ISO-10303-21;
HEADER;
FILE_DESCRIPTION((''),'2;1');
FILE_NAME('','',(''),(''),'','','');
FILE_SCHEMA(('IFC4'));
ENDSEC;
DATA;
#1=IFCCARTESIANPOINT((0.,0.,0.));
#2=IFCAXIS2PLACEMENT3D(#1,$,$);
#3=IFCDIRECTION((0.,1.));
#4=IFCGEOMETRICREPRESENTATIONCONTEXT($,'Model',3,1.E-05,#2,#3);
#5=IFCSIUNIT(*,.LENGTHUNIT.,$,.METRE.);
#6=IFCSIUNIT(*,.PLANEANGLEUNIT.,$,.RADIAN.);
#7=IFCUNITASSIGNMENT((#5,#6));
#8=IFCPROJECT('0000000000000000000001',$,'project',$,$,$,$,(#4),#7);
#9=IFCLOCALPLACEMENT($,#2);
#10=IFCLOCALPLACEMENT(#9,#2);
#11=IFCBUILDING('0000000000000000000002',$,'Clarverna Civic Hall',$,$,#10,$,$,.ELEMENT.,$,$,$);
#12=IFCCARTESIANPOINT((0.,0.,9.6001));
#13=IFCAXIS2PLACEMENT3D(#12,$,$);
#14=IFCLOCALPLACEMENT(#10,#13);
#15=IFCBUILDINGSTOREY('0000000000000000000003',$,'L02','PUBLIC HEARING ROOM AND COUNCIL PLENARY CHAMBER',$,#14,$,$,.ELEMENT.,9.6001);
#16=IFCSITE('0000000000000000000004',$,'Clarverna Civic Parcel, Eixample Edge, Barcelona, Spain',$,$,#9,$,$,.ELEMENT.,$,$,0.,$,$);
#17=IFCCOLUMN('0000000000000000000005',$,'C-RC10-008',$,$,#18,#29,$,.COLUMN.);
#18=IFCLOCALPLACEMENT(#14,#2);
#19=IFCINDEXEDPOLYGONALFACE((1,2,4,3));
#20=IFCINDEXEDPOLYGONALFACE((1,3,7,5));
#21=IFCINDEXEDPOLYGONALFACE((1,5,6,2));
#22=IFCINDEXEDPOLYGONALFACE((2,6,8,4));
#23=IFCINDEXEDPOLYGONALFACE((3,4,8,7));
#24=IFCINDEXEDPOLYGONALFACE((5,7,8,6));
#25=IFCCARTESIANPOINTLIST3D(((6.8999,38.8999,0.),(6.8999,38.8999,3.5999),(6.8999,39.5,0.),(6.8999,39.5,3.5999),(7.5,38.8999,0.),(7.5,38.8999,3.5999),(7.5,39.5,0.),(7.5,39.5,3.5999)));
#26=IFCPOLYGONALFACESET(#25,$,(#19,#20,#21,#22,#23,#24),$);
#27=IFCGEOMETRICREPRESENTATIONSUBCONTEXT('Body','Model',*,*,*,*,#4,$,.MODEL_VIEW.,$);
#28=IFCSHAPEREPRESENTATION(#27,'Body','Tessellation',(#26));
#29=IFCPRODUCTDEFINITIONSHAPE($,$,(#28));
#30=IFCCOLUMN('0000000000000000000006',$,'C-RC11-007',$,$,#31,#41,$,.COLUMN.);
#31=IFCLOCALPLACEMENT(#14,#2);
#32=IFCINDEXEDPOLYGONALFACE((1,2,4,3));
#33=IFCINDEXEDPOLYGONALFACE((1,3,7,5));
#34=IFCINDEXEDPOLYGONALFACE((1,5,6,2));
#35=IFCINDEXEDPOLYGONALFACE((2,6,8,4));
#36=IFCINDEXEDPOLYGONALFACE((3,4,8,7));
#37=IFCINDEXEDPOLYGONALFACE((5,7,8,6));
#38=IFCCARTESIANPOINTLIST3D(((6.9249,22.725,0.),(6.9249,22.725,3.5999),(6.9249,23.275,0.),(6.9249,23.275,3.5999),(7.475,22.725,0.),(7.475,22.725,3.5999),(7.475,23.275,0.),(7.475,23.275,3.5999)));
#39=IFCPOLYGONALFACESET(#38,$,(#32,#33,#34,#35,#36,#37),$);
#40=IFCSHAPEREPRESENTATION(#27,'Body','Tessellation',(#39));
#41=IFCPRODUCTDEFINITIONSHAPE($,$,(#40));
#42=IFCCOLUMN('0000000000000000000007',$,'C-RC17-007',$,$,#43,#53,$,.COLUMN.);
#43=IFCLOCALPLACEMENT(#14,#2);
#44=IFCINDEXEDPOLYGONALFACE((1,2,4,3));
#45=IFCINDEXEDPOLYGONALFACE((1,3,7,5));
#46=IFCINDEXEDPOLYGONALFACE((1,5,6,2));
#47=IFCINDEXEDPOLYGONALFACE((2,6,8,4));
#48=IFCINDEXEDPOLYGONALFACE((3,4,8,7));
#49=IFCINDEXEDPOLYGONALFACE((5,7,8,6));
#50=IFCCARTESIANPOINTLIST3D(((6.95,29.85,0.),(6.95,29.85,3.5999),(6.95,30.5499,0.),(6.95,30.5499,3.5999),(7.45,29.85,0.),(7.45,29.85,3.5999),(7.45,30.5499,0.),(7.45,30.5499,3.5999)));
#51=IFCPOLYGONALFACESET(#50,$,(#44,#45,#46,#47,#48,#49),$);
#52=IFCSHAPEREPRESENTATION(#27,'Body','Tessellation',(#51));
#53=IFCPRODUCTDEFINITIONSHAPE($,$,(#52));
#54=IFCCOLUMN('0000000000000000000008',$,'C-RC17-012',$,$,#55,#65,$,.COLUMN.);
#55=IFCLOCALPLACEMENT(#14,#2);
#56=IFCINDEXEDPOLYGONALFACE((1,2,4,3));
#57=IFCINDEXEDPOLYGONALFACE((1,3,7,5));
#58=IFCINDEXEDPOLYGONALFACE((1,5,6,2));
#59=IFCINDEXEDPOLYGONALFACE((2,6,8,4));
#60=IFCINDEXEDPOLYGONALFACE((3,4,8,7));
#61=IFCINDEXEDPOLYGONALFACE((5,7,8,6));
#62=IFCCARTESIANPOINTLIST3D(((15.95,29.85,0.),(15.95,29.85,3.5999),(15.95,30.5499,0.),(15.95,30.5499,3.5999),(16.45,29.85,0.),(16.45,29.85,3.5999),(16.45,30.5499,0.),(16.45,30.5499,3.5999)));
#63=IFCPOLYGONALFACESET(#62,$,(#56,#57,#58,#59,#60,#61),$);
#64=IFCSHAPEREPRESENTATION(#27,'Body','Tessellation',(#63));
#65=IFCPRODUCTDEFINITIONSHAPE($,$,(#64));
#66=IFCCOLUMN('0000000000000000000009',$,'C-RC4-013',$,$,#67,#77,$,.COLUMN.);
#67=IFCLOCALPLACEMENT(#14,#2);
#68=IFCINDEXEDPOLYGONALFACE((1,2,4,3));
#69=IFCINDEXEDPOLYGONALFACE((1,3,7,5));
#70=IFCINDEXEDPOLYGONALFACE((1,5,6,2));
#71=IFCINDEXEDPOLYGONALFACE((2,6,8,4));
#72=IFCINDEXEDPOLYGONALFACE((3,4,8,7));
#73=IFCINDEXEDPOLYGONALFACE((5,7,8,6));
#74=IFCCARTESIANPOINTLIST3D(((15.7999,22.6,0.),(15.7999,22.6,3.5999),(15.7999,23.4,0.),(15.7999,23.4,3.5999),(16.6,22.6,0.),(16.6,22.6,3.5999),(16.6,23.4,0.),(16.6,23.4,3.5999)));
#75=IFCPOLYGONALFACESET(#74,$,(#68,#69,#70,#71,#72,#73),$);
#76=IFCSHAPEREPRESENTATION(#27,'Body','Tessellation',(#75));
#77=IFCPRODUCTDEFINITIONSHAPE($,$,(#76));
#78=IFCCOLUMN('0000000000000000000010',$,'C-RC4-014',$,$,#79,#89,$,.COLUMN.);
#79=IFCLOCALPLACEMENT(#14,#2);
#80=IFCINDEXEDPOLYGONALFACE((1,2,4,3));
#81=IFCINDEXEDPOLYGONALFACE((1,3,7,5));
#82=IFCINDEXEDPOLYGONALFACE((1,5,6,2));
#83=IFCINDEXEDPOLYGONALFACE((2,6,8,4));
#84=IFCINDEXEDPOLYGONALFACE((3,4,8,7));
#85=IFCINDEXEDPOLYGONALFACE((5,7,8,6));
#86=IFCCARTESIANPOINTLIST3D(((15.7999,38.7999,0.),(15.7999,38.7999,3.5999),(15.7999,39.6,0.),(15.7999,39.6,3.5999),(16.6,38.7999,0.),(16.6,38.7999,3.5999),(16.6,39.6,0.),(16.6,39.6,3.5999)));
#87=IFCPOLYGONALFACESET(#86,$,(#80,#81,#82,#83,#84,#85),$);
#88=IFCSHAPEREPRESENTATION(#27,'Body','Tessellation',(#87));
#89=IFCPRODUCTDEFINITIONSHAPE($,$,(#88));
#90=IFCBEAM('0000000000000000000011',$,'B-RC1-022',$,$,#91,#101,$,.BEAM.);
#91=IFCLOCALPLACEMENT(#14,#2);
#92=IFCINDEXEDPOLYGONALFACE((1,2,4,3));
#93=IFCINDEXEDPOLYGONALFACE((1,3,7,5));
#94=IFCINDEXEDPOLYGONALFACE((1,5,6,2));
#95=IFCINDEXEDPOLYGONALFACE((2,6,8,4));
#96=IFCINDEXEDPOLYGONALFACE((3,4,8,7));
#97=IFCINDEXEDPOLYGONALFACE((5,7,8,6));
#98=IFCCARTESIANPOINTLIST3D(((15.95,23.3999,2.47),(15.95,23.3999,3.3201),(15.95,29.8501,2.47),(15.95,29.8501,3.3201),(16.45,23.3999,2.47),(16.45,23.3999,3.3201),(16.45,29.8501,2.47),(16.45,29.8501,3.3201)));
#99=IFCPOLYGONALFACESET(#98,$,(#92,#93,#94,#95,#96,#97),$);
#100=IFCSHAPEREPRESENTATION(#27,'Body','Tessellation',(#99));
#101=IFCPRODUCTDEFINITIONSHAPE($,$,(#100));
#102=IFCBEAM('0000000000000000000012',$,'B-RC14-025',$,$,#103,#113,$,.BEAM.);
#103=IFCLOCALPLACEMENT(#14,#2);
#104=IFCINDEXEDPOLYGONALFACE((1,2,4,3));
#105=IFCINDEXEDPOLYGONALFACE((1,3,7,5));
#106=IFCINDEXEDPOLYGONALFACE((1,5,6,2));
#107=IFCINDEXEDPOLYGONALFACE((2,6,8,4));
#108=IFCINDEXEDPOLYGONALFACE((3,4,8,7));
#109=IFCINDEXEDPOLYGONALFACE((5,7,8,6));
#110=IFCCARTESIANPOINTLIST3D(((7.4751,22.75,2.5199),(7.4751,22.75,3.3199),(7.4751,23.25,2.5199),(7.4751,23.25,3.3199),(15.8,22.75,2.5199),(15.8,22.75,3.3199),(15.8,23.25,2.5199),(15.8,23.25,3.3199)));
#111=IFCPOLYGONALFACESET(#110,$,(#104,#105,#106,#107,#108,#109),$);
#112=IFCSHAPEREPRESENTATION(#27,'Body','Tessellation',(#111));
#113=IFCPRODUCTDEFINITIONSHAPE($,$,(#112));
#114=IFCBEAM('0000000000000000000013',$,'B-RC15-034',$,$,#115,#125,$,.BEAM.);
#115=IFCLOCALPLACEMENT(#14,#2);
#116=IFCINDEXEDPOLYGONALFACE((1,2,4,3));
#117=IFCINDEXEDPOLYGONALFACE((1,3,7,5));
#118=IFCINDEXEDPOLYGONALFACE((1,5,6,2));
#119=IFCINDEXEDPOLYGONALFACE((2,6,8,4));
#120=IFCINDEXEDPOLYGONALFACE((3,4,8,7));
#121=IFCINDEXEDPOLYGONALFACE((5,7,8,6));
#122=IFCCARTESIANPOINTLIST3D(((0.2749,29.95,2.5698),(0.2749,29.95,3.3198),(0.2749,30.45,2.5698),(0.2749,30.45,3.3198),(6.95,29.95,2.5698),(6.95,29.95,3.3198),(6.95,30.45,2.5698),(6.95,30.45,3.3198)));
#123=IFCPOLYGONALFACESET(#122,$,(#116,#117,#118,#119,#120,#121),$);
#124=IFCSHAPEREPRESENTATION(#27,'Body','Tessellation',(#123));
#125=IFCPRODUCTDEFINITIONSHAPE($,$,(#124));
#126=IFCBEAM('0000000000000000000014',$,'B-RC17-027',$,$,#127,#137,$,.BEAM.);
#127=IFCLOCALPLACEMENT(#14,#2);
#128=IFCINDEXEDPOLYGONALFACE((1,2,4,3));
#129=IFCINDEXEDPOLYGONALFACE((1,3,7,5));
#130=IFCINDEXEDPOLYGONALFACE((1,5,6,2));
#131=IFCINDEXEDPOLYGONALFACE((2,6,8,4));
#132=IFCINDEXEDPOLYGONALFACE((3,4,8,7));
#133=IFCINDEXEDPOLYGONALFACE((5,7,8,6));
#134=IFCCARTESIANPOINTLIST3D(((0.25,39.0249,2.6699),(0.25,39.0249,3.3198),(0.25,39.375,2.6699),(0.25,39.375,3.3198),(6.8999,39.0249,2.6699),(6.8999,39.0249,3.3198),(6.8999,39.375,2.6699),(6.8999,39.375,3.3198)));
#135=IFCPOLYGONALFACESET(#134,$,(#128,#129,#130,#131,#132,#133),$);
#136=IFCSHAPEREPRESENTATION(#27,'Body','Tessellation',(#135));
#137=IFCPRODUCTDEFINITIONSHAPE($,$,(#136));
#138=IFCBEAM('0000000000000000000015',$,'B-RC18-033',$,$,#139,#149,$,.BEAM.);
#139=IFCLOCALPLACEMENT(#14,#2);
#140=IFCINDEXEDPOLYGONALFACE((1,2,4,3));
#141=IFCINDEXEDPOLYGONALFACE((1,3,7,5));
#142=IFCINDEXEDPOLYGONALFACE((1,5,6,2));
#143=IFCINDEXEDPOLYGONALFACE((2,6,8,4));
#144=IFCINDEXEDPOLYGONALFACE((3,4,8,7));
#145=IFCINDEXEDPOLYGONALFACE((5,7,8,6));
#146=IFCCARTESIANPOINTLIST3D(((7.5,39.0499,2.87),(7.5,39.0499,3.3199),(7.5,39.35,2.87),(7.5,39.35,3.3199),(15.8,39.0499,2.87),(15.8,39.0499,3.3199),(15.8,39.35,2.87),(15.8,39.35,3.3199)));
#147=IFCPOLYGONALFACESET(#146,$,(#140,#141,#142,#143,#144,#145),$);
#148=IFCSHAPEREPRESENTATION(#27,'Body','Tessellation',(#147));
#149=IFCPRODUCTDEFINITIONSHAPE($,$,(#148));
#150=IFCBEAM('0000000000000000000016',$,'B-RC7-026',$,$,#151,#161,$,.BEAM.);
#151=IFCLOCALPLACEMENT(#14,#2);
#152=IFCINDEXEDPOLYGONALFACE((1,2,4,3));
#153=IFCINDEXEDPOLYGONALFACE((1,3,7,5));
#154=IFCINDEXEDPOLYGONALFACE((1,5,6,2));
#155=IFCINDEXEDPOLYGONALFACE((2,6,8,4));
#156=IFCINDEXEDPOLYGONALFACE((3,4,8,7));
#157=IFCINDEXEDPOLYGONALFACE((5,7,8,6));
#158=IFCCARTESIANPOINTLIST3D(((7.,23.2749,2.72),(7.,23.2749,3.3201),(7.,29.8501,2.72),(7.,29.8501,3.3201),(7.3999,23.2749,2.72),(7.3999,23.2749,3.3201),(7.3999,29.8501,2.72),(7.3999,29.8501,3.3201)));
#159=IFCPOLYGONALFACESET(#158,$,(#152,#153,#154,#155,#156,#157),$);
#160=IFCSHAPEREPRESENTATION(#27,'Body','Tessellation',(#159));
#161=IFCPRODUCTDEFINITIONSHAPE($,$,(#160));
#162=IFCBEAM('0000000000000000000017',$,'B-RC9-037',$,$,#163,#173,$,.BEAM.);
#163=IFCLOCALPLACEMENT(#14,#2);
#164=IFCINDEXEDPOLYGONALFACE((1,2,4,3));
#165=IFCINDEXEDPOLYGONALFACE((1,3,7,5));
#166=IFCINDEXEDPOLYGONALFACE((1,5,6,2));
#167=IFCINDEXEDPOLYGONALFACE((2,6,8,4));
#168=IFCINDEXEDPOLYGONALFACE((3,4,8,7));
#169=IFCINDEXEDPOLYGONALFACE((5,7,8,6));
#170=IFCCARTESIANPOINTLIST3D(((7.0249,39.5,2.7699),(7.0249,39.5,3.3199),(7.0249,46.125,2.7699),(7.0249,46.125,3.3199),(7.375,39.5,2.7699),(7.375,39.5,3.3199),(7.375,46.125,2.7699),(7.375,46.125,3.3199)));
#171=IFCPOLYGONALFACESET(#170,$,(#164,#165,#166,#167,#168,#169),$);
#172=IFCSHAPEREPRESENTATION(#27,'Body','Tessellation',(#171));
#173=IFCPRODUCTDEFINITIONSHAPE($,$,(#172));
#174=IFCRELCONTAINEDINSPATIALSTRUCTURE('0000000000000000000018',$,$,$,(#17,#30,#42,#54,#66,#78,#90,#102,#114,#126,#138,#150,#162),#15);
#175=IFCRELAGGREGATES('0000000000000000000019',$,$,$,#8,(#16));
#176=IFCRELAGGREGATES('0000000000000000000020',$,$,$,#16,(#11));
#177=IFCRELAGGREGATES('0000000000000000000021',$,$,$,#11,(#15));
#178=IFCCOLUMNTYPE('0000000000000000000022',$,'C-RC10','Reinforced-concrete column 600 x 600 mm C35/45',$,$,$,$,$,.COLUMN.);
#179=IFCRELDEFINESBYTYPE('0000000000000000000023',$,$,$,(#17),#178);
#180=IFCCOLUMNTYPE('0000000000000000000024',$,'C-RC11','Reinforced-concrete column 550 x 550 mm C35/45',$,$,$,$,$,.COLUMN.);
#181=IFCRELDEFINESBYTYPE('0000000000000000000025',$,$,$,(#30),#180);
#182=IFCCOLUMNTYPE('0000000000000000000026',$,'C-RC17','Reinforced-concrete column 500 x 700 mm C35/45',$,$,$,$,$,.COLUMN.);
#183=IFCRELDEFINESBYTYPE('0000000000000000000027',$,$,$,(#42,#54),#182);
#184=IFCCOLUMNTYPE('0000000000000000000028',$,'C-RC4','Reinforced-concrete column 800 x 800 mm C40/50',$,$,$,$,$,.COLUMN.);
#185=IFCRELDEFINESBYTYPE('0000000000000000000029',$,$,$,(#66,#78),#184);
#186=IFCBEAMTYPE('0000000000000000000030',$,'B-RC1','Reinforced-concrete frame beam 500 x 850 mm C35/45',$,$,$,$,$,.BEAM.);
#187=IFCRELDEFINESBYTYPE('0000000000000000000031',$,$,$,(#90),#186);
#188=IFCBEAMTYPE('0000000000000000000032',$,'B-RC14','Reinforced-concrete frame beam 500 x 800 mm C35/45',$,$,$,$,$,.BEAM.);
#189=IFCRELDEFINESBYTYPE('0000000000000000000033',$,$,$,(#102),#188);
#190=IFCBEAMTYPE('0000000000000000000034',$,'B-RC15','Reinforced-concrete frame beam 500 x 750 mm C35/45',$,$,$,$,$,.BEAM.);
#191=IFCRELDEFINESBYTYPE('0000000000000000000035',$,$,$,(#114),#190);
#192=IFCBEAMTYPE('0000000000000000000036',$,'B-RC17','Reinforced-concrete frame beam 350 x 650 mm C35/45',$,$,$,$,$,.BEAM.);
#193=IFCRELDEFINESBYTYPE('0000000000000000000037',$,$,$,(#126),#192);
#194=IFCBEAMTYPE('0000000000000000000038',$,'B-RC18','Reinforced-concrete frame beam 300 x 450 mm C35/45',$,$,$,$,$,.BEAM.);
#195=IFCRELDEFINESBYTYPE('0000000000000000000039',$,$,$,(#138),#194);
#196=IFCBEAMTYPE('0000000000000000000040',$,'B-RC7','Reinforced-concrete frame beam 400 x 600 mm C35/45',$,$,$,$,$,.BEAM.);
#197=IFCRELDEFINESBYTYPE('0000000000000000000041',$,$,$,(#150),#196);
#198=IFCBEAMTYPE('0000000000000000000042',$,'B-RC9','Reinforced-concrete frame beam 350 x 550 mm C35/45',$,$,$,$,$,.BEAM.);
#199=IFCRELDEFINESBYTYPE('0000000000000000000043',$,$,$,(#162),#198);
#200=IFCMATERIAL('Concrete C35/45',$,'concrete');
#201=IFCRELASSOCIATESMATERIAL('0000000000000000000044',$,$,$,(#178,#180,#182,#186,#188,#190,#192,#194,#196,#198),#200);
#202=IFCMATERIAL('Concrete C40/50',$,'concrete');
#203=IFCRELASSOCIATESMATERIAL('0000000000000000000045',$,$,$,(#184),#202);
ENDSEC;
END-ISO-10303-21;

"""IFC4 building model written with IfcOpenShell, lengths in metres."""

from ifc_helpers import new_model, si_unit, direction, frame, origin, origin_2d, place, context, subcontext, project, spatial, rectangle, extrude, material, material_profile, profile_set, type_object, element, save


model = new_model("IFC4")

# Units and contexts
model_context = context("Model", 3, precision=1e-05, world=origin(), true_north=direction((0.0, 1.0)))
body_context = subcontext(model_context, "Body", "Model", "MODEL_VIEW")
ifc_project = project(units=[si_unit("LENGTHUNIT", "METRE"), si_unit("PLANEANGLEUNIT", "RADIAN")], contexts=[model_context])

# Site, building, storey
site_placement = place(None, origin())
site = spatial("IfcSite", under=ifc_project, at=site_placement, Name="Clarverna Civic Parcel, Eixample Edge, Barcelona, Spain", CompositionType="ELEMENT", RefElevation=0.0)
building_placement = place(site_placement, origin())
building = spatial("IfcBuilding", under=site, at=building_placement, Name="Clarverna Civic Hall", CompositionType="ELEMENT")
storey_placement = place(building_placement, frame((0.0, 0.0, 9.6001)))
storey = spatial("IfcBuildingStorey", under=building, at=storey_placement, Name="L02", Description="PUBLIC HEARING ROOM AND COUNCIL PLENARY CHAMBER", CompositionType="ELEMENT", Elevation=9.6001)

# Columns
ifc_material_1 = material(Name="Concrete C35/45", Category="concrete")
ifc_material_profile_1 = material_profile(ifc_material_1, rectangle(XDim=0.6001, YDim=0.6001, at=origin_2d()), Name="RC 600x600")
ifc_profile_set_1 = profile_set([ifc_material_profile_1], Name="Concrete C35/45")
column_type_1 = type_object("IfcColumnType", Name="C-RC10", Description="Reinforced-concrete column 600 x 600 mm C35/45", PredefinedType="COLUMN", material=ifc_profile_set_1)
column_1_placement = place(storey_placement, frame((7.2, 39.2, 0.0), z_axis=(0.0, 0.0, 1.0), x_axis=(1.0, 0.0, 0.0)))
element("IfcColumn", 1, at=column_1_placement, inside=storey, type_object=column_type_1, Name="C-RC10-008", PredefinedType="COLUMN", context=body_context, shape_type="SweptSolid", body=[
    extrude(rectangle(XDim=0.6001, YDim=0.6001, at=origin_2d()), origin(), (0.0, 0.0, 1.0), 3.5999),
])
ifc_material_profile_2 = material_profile(ifc_material_1, rectangle(XDim=0.55, YDim=0.55, at=origin_2d()), Name="RC 550x550")
ifc_profile_set_2 = profile_set([ifc_material_profile_2], Name="Concrete C35/45")
column_type_2 = type_object("IfcColumnType", Name="C-RC11", Description="Reinforced-concrete column 550 x 550 mm C35/45", PredefinedType="COLUMN", material=ifc_profile_set_2)
column_2_placement = place(storey_placement, frame((7.2, 23.0, 0.0), z_axis=(0.0, 0.0, 1.0), x_axis=(1.0, 0.0, 0.0)))
element("IfcColumn", 2, at=column_2_placement, inside=storey, type_object=column_type_2, Name="C-RC11-007", PredefinedType="COLUMN", context=body_context, shape_type="SweptSolid", body=[
    extrude(rectangle(XDim=0.55, YDim=0.55, at=origin_2d()), origin(), (0.0, 0.0, 1.0), 3.5999),
])
ifc_material_profile_3 = material_profile(ifc_material_1, rectangle(XDim=0.5, YDim=0.7, at=origin_2d()), Name="RC 500x700")
ifc_profile_set_3 = profile_set([ifc_material_profile_3], Name="Concrete C35/45")
column_type_3 = type_object("IfcColumnType", Name="C-RC17", Description="Reinforced-concrete column 500 x 700 mm C35/45", PredefinedType="COLUMN", material=ifc_profile_set_3)
for number, where, z_axis, x_axis, name in (
    (3, (7.2, 30.2, 0.0), (0.0, 0.0, 1.0), (1.0, 0.0, 0.0), "C-RC17-007"),
    (4, (16.2, 30.2, 0.0), (0.0, 0.0, 1.0), (1.0, 0.0, 0.0), "C-RC17-012"),
):
    element("IfcColumn", number, at=place(storey_placement, frame(where, z_axis=z_axis, x_axis=x_axis)), inside=storey, type_object=column_type_3, Name=name, PredefinedType="COLUMN", context=body_context, shape_type="SweptSolid", body=[
        extrude(rectangle(XDim=0.5, YDim=0.7, at=origin_2d()), origin(), (0.0, 0.0, 1.0), 3.5999),
    ])
ifc_material_2 = material(Name="Concrete C40/50", Category="concrete")
ifc_material_profile_4 = material_profile(ifc_material_2, rectangle(XDim=0.8, YDim=0.8, at=origin_2d()), Name="RC 800x800")
ifc_profile_set_4 = profile_set([ifc_material_profile_4], Name="Concrete C40/50")
column_type_4 = type_object("IfcColumnType", Name="C-RC4", Description="Reinforced-concrete column 800 x 800 mm C40/50", PredefinedType="COLUMN", material=ifc_profile_set_4)
for number, where, z_axis, x_axis, name in (
    (5, (16.2, 23.0, 0.0), (0.0, 0.0, 1.0), (1.0, 0.0, 0.0), "C-RC4-013"),
    (6, (16.2, 39.2, 0.0), (0.0, 0.0, 1.0), (1.0, 0.0, 0.0), "C-RC4-014"),
):
    element("IfcColumn", number, at=place(storey_placement, frame(where, z_axis=z_axis, x_axis=x_axis)), inside=storey, type_object=column_type_4, Name=name, PredefinedType="COLUMN", context=body_context, shape_type="SweptSolid", body=[
        extrude(rectangle(XDim=0.8, YDim=0.8, at=origin_2d()), origin(), (0.0, 0.0, 1.0), 3.5999),
    ])

# Beams
ifc_material_profile_5 = material_profile(ifc_material_1, rectangle(XDim=0.5, YDim=0.8501, at=origin_2d()), Name="RC 500x850")
ifc_profile_set_5 = profile_set([ifc_material_profile_5], Name="Concrete C35/45")
beam_type_1 = type_object("IfcBeamType", Name="B-RC1", Description="Reinforced-concrete frame beam 500 x 850 mm C35/45", PredefinedType="BEAM", material=ifc_profile_set_5)
beam_1_placement = place(storey_placement, frame((16.2, 23.3999, 2.895), z_axis=(0.0, 1.0, 0.0), x_axis=(-1.0, 0.0, 0.0)))
element("IfcBeam", 7, at=beam_1_placement, inside=storey, type_object=beam_type_1, Name="B-RC1-022", PredefinedType="BEAM", context=body_context, shape_type="SweptSolid", body=[
    extrude(rectangle(XDim=0.5, YDim=0.8501, at=origin_2d()), origin(), (0.0, 0.0, 1.0), 6.4502),
])
ifc_material_profile_6 = material_profile(ifc_material_1, rectangle(XDim=0.5, YDim=0.8, at=origin_2d()), Name="RC 500x800")
ifc_profile_set_6 = profile_set([ifc_material_profile_6], Name="Concrete C35/45")
beam_type_2 = type_object("IfcBeamType", Name="B-RC14", Description="Reinforced-concrete frame beam 500 x 800 mm C35/45", PredefinedType="BEAM", material=ifc_profile_set_6)
beam_2_placement = place(storey_placement, frame((7.4751, 23.0, 2.9199), z_axis=(1.0, 0.0, 0.0), x_axis=(0.0, 1.0, 0.0)))
element("IfcBeam", 8, at=beam_2_placement, inside=storey, type_object=beam_type_2, Name="B-RC14-025", PredefinedType="BEAM", context=body_context, shape_type="SweptSolid", body=[
    extrude(rectangle(XDim=0.5, YDim=0.8, at=origin_2d()), origin(), (0.0, 0.0, 1.0), 8.325),
])
ifc_material_profile_7 = material_profile(ifc_material_1, rectangle(XDim=0.5, YDim=0.75, at=origin_2d()), Name="RC 500x750")
ifc_profile_set_7 = profile_set([ifc_material_profile_7], Name="Concrete C35/45")
beam_type_3 = type_object("IfcBeamType", Name="B-RC15", Description="Reinforced-concrete frame beam 500 x 750 mm C35/45", PredefinedType="BEAM", material=ifc_profile_set_7)
beam_3_placement = place(storey_placement, frame((0.2749, 30.2, 2.9448), z_axis=(1.0, 0.0, 0.0), x_axis=(0.0, 1.0, 0.0)))
element("IfcBeam", 9, at=beam_3_placement, inside=storey, type_object=beam_type_3, Name="B-RC15-034", PredefinedType="BEAM", context=body_context, shape_type="SweptSolid", body=[
    extrude(rectangle(XDim=0.5, YDim=0.75, at=origin_2d()), origin(), (0.0, 0.0, 1.0), 6.675),
])
ifc_material_profile_8 = material_profile(ifc_material_1, rectangle(XDim=0.3501, YDim=0.6499, at=origin_2d()), Name="RC 350x650")
ifc_profile_set_8 = profile_set([ifc_material_profile_8], Name="Concrete C35/45")
beam_type_4 = type_object("IfcBeamType", Name="B-RC17", Description="Reinforced-concrete frame beam 350 x 650 mm C35/45", PredefinedType="BEAM", material=ifc_profile_set_8)
beam_4_placement = place(storey_placement, frame((0.25, 39.2, 2.9949), z_axis=(1.0, 0.0, 0.0), x_axis=(0.0, 1.0, 0.0)))
element("IfcBeam", 10, at=beam_4_placement, inside=storey, type_object=beam_type_4, Name="B-RC17-027", PredefinedType="BEAM", context=body_context, shape_type="SweptSolid", body=[
    extrude(rectangle(XDim=0.3501, YDim=0.6499, at=origin_2d()), origin(), (0.0, 0.0, 1.0), 6.6499),
])
ifc_material_profile_9 = material_profile(ifc_material_1, rectangle(XDim=0.3, YDim=0.45, at=origin_2d()), Name="RC 300x450")
ifc_profile_set_9 = profile_set([ifc_material_profile_9], Name="Concrete C35/45")
beam_type_5 = type_object("IfcBeamType", Name="B-RC18", Description="Reinforced-concrete frame beam 300 x 450 mm C35/45", PredefinedType="BEAM", material=ifc_profile_set_9)
beam_5_placement = place(storey_placement, frame((7.5, 39.2, 3.095), z_axis=(1.0, 0.0, 0.0), x_axis=(0.0, 1.0, 0.0)))
element("IfcBeam", 11, at=beam_5_placement, inside=storey, type_object=beam_type_5, Name="B-RC18-033", PredefinedType="BEAM", context=body_context, shape_type="SweptSolid", body=[
    extrude(rectangle(XDim=0.3, YDim=0.45, at=origin_2d()), origin(), (0.0, 0.0, 1.0), 8.3),
])
ifc_material_profile_10 = material_profile(ifc_material_1, rectangle(XDim=0.3999, YDim=0.6001, at=origin_2d()), Name="RC 400x600")
ifc_profile_set_10 = profile_set([ifc_material_profile_10], Name="Concrete C35/45")
beam_type_6 = type_object("IfcBeamType", Name="B-RC7", Description="Reinforced-concrete frame beam 400 x 600 mm C35/45", PredefinedType="BEAM", material=ifc_profile_set_10)
beam_6_placement = place(storey_placement, frame((7.2, 23.2749, 3.02), z_axis=(0.0, 1.0, 0.0), x_axis=(-1.0, 0.0, 0.0)))
element("IfcBeam", 12, at=beam_6_placement, inside=storey, type_object=beam_type_6, Name="B-RC7-026", PredefinedType="BEAM", context=body_context, shape_type="SweptSolid", body=[
    extrude(rectangle(XDim=0.3999, YDim=0.6001, at=origin_2d()), origin(), (0.0, 0.0, 1.0), 6.5752),
])
ifc_material_profile_11 = material_profile(ifc_material_1, rectangle(XDim=0.3501, YDim=0.55, at=origin_2d()), Name="RC 350x550")
ifc_profile_set_11 = profile_set([ifc_material_profile_11], Name="Concrete C35/45")
beam_type_7 = type_object("IfcBeamType", Name="B-RC9", Description="Reinforced-concrete frame beam 350 x 550 mm C35/45", PredefinedType="BEAM", material=ifc_profile_set_11)
beam_7_placement = place(storey_placement, frame((7.2, 39.5, 3.0449), z_axis=(0.0, 1.0, 0.0), x_axis=(-1.0, 0.0, 0.0)))
element("IfcBeam", 13, at=beam_7_placement, inside=storey, type_object=beam_type_7, Name="B-RC9-037", PredefinedType="BEAM", context=body_context, shape_type="SweptSolid", body=[
    extrude(rectangle(XDim=0.3501, YDim=0.55, at=origin_2d()), origin(), (0.0, 0.0, 1.0), 6.625),
])

save(model, "model.ifc")
